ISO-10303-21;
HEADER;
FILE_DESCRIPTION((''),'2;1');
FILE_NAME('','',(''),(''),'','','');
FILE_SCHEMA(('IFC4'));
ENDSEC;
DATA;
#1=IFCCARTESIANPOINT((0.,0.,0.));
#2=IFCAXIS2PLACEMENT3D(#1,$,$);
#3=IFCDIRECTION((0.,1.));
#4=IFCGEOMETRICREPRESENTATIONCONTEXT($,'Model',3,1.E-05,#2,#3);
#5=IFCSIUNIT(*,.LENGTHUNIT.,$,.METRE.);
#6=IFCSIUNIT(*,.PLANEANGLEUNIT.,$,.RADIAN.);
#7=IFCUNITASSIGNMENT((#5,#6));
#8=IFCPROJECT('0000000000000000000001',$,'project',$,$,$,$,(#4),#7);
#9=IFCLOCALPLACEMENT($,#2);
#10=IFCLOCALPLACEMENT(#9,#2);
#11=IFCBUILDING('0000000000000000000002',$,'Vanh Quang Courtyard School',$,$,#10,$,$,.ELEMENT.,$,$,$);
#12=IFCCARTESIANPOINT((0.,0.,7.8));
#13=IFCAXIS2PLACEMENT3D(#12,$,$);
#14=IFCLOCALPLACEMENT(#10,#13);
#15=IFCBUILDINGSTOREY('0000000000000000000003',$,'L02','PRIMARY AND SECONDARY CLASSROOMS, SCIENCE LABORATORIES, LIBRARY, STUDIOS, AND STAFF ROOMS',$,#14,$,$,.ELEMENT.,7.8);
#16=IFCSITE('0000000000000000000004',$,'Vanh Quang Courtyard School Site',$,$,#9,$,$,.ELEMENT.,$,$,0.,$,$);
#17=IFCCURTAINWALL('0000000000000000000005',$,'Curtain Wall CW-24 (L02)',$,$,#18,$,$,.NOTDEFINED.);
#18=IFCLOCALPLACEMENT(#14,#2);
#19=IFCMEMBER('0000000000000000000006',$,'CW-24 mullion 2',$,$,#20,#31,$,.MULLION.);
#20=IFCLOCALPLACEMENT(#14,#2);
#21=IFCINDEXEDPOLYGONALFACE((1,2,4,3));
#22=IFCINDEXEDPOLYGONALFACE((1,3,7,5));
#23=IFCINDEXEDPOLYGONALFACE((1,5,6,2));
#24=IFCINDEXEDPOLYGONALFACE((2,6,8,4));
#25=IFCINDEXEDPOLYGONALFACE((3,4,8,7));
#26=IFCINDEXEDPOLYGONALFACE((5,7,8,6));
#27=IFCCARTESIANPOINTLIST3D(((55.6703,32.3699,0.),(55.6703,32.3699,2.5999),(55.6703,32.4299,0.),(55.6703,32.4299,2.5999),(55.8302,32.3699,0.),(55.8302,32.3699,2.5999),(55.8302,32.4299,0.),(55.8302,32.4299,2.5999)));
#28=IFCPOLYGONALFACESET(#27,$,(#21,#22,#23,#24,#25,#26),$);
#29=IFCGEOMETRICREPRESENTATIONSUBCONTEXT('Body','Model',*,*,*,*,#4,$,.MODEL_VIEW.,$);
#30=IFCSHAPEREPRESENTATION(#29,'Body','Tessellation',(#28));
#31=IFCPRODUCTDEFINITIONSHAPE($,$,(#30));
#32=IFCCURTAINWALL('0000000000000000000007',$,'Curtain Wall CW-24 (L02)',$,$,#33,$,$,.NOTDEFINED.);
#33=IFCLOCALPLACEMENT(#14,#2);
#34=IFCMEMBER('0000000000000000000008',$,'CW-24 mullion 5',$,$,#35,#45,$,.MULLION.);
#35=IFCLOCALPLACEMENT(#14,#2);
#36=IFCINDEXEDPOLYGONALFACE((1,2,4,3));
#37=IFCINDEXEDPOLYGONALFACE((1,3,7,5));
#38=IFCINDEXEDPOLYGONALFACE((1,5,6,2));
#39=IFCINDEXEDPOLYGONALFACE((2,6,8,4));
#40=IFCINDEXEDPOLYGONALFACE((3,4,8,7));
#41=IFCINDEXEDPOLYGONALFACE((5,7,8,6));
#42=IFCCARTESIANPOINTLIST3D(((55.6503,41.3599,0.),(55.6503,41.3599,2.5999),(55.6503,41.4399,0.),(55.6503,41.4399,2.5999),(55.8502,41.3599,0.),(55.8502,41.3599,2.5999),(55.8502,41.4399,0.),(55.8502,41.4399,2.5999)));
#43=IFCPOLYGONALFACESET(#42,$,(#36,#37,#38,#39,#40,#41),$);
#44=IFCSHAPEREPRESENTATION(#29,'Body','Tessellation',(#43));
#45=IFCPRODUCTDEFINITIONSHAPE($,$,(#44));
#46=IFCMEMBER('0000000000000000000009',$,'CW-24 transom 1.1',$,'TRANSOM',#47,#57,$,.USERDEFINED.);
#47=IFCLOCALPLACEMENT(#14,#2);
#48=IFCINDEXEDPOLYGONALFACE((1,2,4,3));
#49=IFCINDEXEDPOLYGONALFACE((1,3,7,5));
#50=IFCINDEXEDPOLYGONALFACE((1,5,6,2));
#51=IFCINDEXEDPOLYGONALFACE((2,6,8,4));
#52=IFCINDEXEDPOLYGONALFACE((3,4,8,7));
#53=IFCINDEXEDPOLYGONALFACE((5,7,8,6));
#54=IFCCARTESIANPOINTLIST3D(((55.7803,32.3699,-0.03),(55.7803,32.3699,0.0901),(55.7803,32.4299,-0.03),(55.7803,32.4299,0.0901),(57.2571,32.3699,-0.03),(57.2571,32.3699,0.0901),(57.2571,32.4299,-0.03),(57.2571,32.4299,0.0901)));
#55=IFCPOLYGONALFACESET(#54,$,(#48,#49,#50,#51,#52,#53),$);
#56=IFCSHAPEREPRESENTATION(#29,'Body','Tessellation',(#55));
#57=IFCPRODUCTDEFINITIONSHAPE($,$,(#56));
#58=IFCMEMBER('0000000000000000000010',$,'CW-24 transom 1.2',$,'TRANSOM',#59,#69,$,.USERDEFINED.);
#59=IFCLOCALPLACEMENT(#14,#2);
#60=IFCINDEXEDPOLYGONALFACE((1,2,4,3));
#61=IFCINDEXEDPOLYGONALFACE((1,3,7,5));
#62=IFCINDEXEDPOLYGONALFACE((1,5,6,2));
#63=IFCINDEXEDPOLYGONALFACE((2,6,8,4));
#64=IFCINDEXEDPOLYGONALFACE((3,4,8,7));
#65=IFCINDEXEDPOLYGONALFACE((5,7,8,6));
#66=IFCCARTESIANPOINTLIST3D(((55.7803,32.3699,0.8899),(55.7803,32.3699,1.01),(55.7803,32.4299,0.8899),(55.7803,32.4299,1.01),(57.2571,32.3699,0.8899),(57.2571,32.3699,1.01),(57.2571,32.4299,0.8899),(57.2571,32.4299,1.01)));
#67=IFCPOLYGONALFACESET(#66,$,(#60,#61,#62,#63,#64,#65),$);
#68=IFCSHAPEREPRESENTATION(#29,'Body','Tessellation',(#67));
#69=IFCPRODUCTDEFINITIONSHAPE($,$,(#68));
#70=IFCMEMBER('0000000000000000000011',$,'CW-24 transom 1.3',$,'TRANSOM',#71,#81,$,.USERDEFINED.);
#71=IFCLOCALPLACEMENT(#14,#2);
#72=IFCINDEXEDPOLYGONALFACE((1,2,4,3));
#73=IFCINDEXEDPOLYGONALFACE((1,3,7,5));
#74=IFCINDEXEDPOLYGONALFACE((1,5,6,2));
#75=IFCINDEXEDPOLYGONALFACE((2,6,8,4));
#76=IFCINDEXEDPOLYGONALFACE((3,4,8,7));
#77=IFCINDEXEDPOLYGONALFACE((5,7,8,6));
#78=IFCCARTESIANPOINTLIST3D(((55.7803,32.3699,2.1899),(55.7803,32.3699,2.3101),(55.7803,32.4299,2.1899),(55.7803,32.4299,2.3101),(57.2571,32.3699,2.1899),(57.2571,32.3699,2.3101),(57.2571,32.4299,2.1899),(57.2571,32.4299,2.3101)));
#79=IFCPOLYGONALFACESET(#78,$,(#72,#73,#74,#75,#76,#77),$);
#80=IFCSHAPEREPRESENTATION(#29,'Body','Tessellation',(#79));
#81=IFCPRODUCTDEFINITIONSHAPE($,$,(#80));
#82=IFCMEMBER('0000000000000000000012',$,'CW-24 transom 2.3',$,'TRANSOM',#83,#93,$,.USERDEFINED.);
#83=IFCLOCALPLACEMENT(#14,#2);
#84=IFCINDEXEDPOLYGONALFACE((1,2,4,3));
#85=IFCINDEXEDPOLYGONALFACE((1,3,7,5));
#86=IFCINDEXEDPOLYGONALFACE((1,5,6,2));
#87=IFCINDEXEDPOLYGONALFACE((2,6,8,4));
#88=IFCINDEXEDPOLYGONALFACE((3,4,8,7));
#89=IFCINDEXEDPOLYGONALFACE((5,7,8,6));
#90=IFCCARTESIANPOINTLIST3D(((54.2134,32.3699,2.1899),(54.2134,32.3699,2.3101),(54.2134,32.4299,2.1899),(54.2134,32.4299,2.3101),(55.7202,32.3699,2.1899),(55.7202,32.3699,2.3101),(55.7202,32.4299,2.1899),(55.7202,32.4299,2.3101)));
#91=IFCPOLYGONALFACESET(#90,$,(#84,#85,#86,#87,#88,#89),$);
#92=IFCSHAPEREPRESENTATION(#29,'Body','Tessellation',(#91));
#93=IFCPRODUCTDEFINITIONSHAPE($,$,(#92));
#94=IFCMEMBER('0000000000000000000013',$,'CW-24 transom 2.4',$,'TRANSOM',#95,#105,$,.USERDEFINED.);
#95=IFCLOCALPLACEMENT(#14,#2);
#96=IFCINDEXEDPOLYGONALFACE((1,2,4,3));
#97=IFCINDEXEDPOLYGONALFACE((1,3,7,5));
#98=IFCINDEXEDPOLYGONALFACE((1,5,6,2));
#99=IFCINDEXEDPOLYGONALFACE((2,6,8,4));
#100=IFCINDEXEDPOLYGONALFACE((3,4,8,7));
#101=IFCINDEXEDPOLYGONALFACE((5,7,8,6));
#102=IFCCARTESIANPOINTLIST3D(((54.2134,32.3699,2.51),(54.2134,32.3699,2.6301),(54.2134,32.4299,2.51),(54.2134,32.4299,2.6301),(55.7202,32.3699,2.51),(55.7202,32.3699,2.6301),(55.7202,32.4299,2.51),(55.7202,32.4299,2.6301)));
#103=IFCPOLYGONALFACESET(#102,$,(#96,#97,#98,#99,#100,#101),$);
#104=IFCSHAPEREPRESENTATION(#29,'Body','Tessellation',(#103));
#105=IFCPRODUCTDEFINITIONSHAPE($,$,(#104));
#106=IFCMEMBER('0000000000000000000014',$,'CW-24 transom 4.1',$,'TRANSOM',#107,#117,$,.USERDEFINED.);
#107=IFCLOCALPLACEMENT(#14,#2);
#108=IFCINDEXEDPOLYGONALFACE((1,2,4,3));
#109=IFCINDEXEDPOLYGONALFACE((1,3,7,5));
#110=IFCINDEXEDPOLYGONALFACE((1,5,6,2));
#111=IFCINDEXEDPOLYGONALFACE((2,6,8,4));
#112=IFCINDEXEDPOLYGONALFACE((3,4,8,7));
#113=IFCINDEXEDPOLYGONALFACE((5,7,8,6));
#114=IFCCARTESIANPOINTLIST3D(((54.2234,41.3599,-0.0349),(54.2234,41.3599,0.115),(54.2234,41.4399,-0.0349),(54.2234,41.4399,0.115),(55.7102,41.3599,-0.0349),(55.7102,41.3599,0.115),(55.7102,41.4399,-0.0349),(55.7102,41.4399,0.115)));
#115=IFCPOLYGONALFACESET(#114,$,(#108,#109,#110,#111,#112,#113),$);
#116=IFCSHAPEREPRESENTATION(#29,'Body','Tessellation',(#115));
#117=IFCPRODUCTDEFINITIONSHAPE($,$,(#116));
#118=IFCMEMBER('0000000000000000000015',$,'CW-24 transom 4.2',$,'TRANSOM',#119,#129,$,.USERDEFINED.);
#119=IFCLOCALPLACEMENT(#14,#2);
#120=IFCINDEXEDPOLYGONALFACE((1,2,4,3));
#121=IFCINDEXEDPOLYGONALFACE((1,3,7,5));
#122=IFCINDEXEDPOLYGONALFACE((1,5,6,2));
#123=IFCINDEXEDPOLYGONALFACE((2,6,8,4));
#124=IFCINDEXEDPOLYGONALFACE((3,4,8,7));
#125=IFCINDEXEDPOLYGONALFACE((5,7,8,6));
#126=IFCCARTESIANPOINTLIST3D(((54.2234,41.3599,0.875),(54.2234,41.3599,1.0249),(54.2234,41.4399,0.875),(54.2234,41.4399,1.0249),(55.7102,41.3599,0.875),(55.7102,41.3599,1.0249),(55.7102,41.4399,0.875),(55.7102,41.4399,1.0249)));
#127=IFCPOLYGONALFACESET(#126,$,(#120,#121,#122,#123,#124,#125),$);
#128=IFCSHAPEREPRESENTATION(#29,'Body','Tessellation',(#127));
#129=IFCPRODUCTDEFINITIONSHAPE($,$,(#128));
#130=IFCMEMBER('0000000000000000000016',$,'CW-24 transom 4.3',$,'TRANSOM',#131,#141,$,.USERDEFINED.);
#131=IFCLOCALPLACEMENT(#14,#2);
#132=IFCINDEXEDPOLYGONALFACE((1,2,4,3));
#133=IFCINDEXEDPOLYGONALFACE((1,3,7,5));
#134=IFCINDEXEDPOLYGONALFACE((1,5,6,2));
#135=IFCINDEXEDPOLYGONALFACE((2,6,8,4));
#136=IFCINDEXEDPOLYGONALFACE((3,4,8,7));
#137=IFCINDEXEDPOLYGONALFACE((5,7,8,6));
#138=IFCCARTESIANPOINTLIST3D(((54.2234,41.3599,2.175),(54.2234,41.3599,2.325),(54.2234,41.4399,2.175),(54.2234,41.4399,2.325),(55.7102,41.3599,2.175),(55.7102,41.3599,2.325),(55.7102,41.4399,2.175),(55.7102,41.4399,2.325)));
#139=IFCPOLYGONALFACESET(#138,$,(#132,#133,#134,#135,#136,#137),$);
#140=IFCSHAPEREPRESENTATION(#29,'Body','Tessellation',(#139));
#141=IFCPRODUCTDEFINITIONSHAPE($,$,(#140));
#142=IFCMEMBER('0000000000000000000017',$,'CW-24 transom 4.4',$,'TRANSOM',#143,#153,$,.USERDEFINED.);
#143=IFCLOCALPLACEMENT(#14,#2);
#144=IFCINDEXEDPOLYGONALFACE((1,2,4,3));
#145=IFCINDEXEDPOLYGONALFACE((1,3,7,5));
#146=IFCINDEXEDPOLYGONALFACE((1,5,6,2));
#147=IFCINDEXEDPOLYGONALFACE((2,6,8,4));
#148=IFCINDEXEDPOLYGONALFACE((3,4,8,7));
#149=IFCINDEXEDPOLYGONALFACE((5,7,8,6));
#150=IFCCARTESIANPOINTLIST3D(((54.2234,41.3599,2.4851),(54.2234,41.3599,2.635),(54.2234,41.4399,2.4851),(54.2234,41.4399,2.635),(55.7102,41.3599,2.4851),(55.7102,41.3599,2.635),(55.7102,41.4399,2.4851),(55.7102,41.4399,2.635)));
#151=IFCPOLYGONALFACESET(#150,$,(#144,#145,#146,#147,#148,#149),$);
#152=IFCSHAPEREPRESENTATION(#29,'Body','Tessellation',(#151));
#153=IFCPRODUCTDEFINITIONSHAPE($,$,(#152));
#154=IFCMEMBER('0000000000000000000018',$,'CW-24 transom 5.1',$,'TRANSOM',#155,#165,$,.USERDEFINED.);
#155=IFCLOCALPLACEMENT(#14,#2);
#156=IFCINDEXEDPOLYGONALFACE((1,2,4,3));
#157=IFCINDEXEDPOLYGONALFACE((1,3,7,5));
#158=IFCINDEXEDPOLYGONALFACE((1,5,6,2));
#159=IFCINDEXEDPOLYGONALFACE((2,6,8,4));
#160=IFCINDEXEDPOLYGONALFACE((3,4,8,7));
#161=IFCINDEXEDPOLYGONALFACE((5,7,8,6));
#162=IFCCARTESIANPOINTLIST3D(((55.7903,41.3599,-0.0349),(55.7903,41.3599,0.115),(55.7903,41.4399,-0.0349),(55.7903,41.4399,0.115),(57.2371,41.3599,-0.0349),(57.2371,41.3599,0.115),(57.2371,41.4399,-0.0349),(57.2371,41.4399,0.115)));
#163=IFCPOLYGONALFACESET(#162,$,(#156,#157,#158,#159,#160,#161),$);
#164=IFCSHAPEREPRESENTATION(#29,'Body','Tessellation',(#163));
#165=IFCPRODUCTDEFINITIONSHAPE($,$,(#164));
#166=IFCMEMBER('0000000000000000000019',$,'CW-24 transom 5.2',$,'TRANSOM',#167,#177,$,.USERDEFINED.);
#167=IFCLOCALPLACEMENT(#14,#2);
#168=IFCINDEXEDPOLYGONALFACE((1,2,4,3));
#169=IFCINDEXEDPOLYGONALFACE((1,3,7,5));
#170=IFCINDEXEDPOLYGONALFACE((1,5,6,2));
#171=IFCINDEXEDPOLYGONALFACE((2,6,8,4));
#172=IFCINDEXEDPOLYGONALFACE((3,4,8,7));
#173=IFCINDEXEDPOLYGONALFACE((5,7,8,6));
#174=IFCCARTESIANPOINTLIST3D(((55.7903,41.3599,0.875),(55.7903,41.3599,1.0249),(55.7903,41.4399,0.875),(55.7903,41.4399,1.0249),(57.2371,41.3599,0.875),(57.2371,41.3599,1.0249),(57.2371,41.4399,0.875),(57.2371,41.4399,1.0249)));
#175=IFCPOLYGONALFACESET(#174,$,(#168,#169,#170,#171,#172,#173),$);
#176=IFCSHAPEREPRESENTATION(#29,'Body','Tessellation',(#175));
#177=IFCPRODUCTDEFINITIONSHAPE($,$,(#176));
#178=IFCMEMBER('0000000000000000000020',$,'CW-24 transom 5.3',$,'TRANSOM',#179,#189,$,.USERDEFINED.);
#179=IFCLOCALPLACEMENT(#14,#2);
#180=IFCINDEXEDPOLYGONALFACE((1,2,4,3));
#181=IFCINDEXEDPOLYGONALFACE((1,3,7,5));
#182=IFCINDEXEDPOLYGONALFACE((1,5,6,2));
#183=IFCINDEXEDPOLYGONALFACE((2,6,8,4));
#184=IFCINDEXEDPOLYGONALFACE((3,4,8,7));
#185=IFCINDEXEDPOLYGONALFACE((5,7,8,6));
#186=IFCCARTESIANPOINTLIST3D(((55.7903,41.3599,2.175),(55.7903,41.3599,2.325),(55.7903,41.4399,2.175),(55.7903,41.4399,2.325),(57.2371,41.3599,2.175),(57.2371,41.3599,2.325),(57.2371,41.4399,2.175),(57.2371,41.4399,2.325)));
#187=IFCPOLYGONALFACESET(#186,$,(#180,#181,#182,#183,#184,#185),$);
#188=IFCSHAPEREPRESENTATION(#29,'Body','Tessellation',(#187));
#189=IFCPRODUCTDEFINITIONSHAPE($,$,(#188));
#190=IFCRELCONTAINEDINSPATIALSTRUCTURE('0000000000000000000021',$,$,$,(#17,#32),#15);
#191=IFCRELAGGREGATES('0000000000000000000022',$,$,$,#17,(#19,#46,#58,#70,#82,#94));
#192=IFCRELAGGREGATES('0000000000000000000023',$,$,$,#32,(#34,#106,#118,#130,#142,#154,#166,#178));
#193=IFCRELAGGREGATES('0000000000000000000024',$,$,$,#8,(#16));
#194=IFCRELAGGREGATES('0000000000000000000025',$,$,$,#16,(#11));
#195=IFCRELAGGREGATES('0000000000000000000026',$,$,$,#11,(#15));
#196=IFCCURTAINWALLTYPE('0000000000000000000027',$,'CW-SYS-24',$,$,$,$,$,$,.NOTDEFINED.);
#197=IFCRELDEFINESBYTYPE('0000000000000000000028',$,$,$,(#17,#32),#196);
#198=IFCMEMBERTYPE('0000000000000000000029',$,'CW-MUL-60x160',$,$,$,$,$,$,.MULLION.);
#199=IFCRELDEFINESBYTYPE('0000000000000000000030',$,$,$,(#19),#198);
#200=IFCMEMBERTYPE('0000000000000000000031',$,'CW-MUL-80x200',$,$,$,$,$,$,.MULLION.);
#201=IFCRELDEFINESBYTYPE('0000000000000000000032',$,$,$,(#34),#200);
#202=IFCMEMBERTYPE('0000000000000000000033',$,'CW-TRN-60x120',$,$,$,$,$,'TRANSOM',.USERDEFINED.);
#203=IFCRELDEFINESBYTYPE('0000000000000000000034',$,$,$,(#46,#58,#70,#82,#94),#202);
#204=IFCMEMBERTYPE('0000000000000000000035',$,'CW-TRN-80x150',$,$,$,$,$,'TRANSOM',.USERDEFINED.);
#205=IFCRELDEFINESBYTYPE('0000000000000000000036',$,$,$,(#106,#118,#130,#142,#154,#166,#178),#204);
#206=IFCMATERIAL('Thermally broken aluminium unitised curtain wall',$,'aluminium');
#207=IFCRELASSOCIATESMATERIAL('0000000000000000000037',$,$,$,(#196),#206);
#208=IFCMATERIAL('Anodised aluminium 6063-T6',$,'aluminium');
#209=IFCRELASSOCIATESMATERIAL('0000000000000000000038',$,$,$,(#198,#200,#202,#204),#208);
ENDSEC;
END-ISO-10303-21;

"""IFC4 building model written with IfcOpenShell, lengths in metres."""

from ifc_helpers import new_model, si_unit, direction, frame, origin, origin_2d, place, context, subcontext, project, spatial, rectangle, extrude, material, material_profile, profile_set, type_object, element, aggregate, save


model = new_model("IFC4")

# Units and contexts
model_context = context("Model", 3, precision=1e-05, world=origin(), true_north=direction((0.0, 1.0)))
body_context = subcontext(model_context, "Body", "Model", "MODEL_VIEW")
ifc_project = project(units=[si_unit("LENGTHUNIT", "METRE"), si_unit("PLANEANGLEUNIT", "RADIAN")], contexts=[model_context])

# Site, building, storey
site_placement = place(None, origin())
site = spatial("IfcSite", under=ifc_project, at=site_placement, Name="Vanh Quang Courtyard School Site", CompositionType="ELEMENT", RefElevation=0.0)
building_placement = place(site_placement, origin())
building = spatial("IfcBuilding", under=site, at=building_placement, Name="Vanh Quang Courtyard School", CompositionType="ELEMENT")
storey_placement = place(building_placement, frame((0.0, 0.0, 7.8)))
storey = spatial("IfcBuildingStorey", under=building, at=storey_placement, Name="L02", Description="PRIMARY AND SECONDARY CLASSROOMS, SCIENCE LABORATORIES, LIBRARY, STUDIOS, AND STAFF ROOMS", CompositionType="ELEMENT", Elevation=7.8)

# Curtain walls, members
ifc_material_1 = material(Name="Thermally broken aluminium unitised curtain wall", Category="aluminium")
curtain_wall_type = type_object("IfcCurtainWallType", Name="CW-SYS-24", PredefinedType="NOTDEFINED", material=ifc_material_1)
curtain_wall_1_placement = place(storey_placement, origin())
curtain_wall_1 = element("IfcCurtainWall", 1, at=curtain_wall_1_placement, inside=storey, type_object=curtain_wall_type, Name="Curtain Wall CW-24 (L02)", PredefinedType="NOTDEFINED")
ifc_material_2 = material(Name="Anodised aluminium 6063-T6", Category="aluminium")
ifc_material_profile_1 = material_profile(ifc_material_2, rectangle(XDim=0.0601, YDim=0.1599, at=origin_2d()), Name="ALU-MUL 60x160")
ifc_profile_set_1 = profile_set([ifc_material_profile_1], Name="Anodised aluminium 6063-T6")
member_type_1 = type_object("IfcMemberType", Name="CW-MUL-60x160", PredefinedType="MULLION", material=ifc_profile_set_1)
member_1_placement = place(storey_placement, frame((55.7502, 32.3999, 0.0), z_axis=(0.0, 0.0, 1.0), x_axis=(0.0, -1.0, 0.0)))
member_1 = element("IfcMember", 2, at=member_1_placement, type_object=member_type_1, Name="CW-24 mullion 2", PredefinedType="MULLION", context=body_context, shape_type="SweptSolid", body=[
    extrude(rectangle(XDim=0.0601, YDim=0.1599, at=origin_2d()), origin(), (0.0, 0.0, 1.0), 2.5999),
])
curtain_wall_2_placement = place(storey_placement, origin())
curtain_wall_2 = element("IfcCurtainWall", 3, at=curtain_wall_2_placement, inside=storey, type_object=curtain_wall_type, Name="Curtain Wall CW-24 (L02)", PredefinedType="NOTDEFINED")
ifc_material_profile_2 = material_profile(ifc_material_2, rectangle(XDim=0.0801, YDim=0.2, at=origin_2d()), Name="ALU-MUL 80x200")
ifc_profile_set_2 = profile_set([ifc_material_profile_2], Name="Anodised aluminium 6063-T6")
member_type_2 = type_object("IfcMemberType", Name="CW-MUL-80x200", PredefinedType="MULLION", material=ifc_profile_set_2)
member_2_placement = place(storey_placement, frame((55.7502, 41.3999, 0.0), z_axis=(0.0, 0.0, 1.0), x_axis=(0.0, 1.0, 0.0)))
member_2 = element("IfcMember", 4, at=member_2_placement, type_object=member_type_2, Name="CW-24 mullion 5", PredefinedType="MULLION", context=body_context, shape_type="SweptSolid", body=[
    extrude(rectangle(XDim=0.0801, YDim=0.2, at=origin_2d()), origin(), (0.0, 0.0, 1.0), 2.5999),
])

# Members
ifc_material_profile_3 = material_profile(ifc_material_2, rectangle(XDim=0.0601, YDim=0.1201, at=origin_2d()), Name="ALU-TRN 60x120")
ifc_profile_set_3 = profile_set([ifc_material_profile_3], Name="Anodised aluminium 6063-T6")
member_type_3 = type_object("IfcMemberType", Name="CW-TRN-60x120", ElementType="TRANSOM", PredefinedType="USERDEFINED", material=ifc_profile_set_3)
member_3_placement = place(storey_placement, frame((57.2571, 32.3999, 0.03), z_axis=(-1.0, 0.0, 0.0), x_axis=(0.0, -1.0, 0.0)))
member_3 = element("IfcMember", 5, at=member_3_placement, type_object=member_type_3, Name="CW-24 transom 1.1", ObjectType="TRANSOM", PredefinedType="USERDEFINED", context=body_context, shape_type="SweptSolid", body=[
    extrude(rectangle(XDim=0.0601, YDim=0.1201, at=origin_2d()), origin(), (0.0, 0.0, 1.0), 1.4768),
])
member_4_placement = place(storey_placement, frame((57.2571, 32.3999, 0.95), z_axis=(-1.0, 0.0, 0.0), x_axis=(0.0, -1.0, 0.0)))
member_4 = element("IfcMember", 6, at=member_4_placement, type_object=member_type_3, Name="CW-24 transom 1.2", ObjectType="TRANSOM", PredefinedType="USERDEFINED", context=body_context, shape_type="SweptSolid", body=[
    extrude(rectangle(XDim=0.0601, YDim=0.1201, at=origin_2d()), origin(), (0.0, 0.0, 1.0), 1.4768),
])
member_5_placement = place(storey_placement, frame((57.2571, 32.3999, 2.25), z_axis=(-1.0, 0.0, 0.0), x_axis=(0.0, -1.0, 0.0)))
member_5 = element("IfcMember", 7, at=member_5_placement, type_object=member_type_3, Name="CW-24 transom 1.3", ObjectType="TRANSOM", PredefinedType="USERDEFINED", context=body_context, shape_type="SweptSolid", body=[
    extrude(rectangle(XDim=0.0601, YDim=0.1201, at=origin_2d()), origin(), (0.0, 0.0, 1.0), 1.4768),
])
member_6_placement = place(storey_placement, frame((55.7202, 32.3999, 2.25), z_axis=(-1.0, 0.0, 0.0), x_axis=(0.0, -1.0, 0.0)))
member_6 = element("IfcMember", 8, at=member_6_placement, type_object=member_type_3, Name="CW-24 transom 2.3", ObjectType="TRANSOM", PredefinedType="USERDEFINED", context=body_context, shape_type="SweptSolid", body=[
    extrude(rectangle(XDim=0.0601, YDim=0.1201, at=origin_2d()), origin(), (0.0, 0.0, 1.0), 1.5068),
])
member_7_placement = place(storey_placement, frame((55.7202, 32.3999, 2.5701), z_axis=(-1.0, 0.0, 0.0), x_axis=(0.0, -1.0, 0.0)))
member_7 = element("IfcMember", 9, at=member_7_placement, type_object=member_type_3, Name="CW-24 transom 2.4", ObjectType="TRANSOM", PredefinedType="USERDEFINED", context=body_context, shape_type="SweptSolid", body=[
    extrude(rectangle(XDim=0.0601, YDim=0.1201, at=origin_2d()), origin(), (0.0, 0.0, 1.0), 1.5068),
])
ifc_material_profile_4 = material_profile(ifc_material_2, rectangle(XDim=0.0801, YDim=0.1499, at=origin_2d()), Name="ALU-TRN 80x150")
ifc_profile_set_4 = profile_set([ifc_material_profile_4], Name="Anodised aluminium 6063-T6")
member_type_4 = type_object("IfcMemberType", Name="CW-TRN-80x150", ElementType="TRANSOM", PredefinedType="USERDEFINED", material=ifc_profile_set_4)
member_8_placement = place(storey_placement, frame((54.2234, 41.3999, 0.04), z_axis=(1.0, 0.0, 0.0), x_axis=(0.0, 1.0, 0.0)))
member_8 = element("IfcMember", 10, at=member_8_placement, type_object=member_type_4, Name="CW-24 transom 4.1", ObjectType="TRANSOM", PredefinedType="USERDEFINED", context=body_context, shape_type="SweptSolid", body=[
    extrude(rectangle(XDim=0.0801, YDim=0.1499, at=origin_2d()), origin(), (0.0, 0.0, 1.0), 1.4868),
])
member_9_placement = place(storey_placement, frame((54.2234, 41.3999, 0.95), z_axis=(1.0, 0.0, 0.0), x_axis=(0.0, 1.0, 0.0)))
member_9 = element("IfcMember", 11, at=member_9_placement, type_object=member_type_4, Name="CW-24 transom 4.2", ObjectType="TRANSOM", PredefinedType="USERDEFINED", context=body_context, shape_type="SweptSolid", body=[
    extrude(rectangle(XDim=0.0801, YDim=0.1499, at=origin_2d()), origin(), (0.0, 0.0, 1.0), 1.4868),
])
member_10_placement = place(storey_placement, frame((54.2234, 41.3999, 2.25), z_axis=(1.0, 0.0, 0.0), x_axis=(0.0, 1.0, 0.0)))
member_10 = element("IfcMember", 12, at=member_10_placement, type_object=member_type_4, Name="CW-24 transom 4.3", ObjectType="TRANSOM", PredefinedType="USERDEFINED", context=body_context, shape_type="SweptSolid", body=[
    extrude(rectangle(XDim=0.0801, YDim=0.1499, at=origin_2d()), origin(), (0.0, 0.0, 1.0), 1.4868),
])
member_11_placement = place(storey_placement, frame((54.2234, 41.3999, 2.5601), z_axis=(1.0, 0.0, 0.0), x_axis=(0.0, 1.0, 0.0)))
member_11 = element("IfcMember", 13, at=member_11_placement, type_object=member_type_4, Name="CW-24 transom 4.4", ObjectType="TRANSOM", PredefinedType="USERDEFINED", context=body_context, shape_type="SweptSolid", body=[
    extrude(rectangle(XDim=0.0801, YDim=0.1499, at=origin_2d()), origin(), (0.0, 0.0, 1.0), 1.4868),
])
member_12_placement = place(storey_placement, frame((55.7903, 41.3999, 0.04), z_axis=(1.0, 0.0, 0.0), x_axis=(0.0, 1.0, 0.0)))
member_12 = element("IfcMember", 14, at=member_12_placement, type_object=member_type_4, Name="CW-24 transom 5.1", ObjectType="TRANSOM", PredefinedType="USERDEFINED", context=body_context, shape_type="SweptSolid", body=[
    extrude(rectangle(XDim=0.0801, YDim=0.1499, at=origin_2d()), origin(), (0.0, 0.0, 1.0), 1.4468),
])
member_13_placement = place(storey_placement, frame((55.7903, 41.3999, 0.95), z_axis=(1.0, 0.0, 0.0), x_axis=(0.0, 1.0, 0.0)))
member_13 = element("IfcMember", 15, at=member_13_placement, type_object=member_type_4, Name="CW-24 transom 5.2", ObjectType="TRANSOM", PredefinedType="USERDEFINED", context=body_context, shape_type="SweptSolid", body=[
    extrude(rectangle(XDim=0.0801, YDim=0.1499, at=origin_2d()), origin(), (0.0, 0.0, 1.0), 1.4468),
])
member_14_placement = place(storey_placement, frame((55.7903, 41.3999, 2.25), z_axis=(1.0, 0.0, 0.0), x_axis=(0.0, 1.0, 0.0)))
member_14 = element("IfcMember", 16, at=member_14_placement, type_object=member_type_4, Name="CW-24 transom 5.3", ObjectType="TRANSOM", PredefinedType="USERDEFINED", context=body_context, shape_type="SweptSolid", body=[
    extrude(rectangle(XDim=0.0801, YDim=0.1499, at=origin_2d()), origin(), (0.0, 0.0, 1.0), 1.4468),
])

aggregate(curtain_wall_1, [member_1, member_3, member_4, member_5, member_6, member_7])
aggregate(curtain_wall_2, [member_2, member_8, member_9, member_10, member_11, member_12, member_13, member_14])

save(model, "model.ifc")
